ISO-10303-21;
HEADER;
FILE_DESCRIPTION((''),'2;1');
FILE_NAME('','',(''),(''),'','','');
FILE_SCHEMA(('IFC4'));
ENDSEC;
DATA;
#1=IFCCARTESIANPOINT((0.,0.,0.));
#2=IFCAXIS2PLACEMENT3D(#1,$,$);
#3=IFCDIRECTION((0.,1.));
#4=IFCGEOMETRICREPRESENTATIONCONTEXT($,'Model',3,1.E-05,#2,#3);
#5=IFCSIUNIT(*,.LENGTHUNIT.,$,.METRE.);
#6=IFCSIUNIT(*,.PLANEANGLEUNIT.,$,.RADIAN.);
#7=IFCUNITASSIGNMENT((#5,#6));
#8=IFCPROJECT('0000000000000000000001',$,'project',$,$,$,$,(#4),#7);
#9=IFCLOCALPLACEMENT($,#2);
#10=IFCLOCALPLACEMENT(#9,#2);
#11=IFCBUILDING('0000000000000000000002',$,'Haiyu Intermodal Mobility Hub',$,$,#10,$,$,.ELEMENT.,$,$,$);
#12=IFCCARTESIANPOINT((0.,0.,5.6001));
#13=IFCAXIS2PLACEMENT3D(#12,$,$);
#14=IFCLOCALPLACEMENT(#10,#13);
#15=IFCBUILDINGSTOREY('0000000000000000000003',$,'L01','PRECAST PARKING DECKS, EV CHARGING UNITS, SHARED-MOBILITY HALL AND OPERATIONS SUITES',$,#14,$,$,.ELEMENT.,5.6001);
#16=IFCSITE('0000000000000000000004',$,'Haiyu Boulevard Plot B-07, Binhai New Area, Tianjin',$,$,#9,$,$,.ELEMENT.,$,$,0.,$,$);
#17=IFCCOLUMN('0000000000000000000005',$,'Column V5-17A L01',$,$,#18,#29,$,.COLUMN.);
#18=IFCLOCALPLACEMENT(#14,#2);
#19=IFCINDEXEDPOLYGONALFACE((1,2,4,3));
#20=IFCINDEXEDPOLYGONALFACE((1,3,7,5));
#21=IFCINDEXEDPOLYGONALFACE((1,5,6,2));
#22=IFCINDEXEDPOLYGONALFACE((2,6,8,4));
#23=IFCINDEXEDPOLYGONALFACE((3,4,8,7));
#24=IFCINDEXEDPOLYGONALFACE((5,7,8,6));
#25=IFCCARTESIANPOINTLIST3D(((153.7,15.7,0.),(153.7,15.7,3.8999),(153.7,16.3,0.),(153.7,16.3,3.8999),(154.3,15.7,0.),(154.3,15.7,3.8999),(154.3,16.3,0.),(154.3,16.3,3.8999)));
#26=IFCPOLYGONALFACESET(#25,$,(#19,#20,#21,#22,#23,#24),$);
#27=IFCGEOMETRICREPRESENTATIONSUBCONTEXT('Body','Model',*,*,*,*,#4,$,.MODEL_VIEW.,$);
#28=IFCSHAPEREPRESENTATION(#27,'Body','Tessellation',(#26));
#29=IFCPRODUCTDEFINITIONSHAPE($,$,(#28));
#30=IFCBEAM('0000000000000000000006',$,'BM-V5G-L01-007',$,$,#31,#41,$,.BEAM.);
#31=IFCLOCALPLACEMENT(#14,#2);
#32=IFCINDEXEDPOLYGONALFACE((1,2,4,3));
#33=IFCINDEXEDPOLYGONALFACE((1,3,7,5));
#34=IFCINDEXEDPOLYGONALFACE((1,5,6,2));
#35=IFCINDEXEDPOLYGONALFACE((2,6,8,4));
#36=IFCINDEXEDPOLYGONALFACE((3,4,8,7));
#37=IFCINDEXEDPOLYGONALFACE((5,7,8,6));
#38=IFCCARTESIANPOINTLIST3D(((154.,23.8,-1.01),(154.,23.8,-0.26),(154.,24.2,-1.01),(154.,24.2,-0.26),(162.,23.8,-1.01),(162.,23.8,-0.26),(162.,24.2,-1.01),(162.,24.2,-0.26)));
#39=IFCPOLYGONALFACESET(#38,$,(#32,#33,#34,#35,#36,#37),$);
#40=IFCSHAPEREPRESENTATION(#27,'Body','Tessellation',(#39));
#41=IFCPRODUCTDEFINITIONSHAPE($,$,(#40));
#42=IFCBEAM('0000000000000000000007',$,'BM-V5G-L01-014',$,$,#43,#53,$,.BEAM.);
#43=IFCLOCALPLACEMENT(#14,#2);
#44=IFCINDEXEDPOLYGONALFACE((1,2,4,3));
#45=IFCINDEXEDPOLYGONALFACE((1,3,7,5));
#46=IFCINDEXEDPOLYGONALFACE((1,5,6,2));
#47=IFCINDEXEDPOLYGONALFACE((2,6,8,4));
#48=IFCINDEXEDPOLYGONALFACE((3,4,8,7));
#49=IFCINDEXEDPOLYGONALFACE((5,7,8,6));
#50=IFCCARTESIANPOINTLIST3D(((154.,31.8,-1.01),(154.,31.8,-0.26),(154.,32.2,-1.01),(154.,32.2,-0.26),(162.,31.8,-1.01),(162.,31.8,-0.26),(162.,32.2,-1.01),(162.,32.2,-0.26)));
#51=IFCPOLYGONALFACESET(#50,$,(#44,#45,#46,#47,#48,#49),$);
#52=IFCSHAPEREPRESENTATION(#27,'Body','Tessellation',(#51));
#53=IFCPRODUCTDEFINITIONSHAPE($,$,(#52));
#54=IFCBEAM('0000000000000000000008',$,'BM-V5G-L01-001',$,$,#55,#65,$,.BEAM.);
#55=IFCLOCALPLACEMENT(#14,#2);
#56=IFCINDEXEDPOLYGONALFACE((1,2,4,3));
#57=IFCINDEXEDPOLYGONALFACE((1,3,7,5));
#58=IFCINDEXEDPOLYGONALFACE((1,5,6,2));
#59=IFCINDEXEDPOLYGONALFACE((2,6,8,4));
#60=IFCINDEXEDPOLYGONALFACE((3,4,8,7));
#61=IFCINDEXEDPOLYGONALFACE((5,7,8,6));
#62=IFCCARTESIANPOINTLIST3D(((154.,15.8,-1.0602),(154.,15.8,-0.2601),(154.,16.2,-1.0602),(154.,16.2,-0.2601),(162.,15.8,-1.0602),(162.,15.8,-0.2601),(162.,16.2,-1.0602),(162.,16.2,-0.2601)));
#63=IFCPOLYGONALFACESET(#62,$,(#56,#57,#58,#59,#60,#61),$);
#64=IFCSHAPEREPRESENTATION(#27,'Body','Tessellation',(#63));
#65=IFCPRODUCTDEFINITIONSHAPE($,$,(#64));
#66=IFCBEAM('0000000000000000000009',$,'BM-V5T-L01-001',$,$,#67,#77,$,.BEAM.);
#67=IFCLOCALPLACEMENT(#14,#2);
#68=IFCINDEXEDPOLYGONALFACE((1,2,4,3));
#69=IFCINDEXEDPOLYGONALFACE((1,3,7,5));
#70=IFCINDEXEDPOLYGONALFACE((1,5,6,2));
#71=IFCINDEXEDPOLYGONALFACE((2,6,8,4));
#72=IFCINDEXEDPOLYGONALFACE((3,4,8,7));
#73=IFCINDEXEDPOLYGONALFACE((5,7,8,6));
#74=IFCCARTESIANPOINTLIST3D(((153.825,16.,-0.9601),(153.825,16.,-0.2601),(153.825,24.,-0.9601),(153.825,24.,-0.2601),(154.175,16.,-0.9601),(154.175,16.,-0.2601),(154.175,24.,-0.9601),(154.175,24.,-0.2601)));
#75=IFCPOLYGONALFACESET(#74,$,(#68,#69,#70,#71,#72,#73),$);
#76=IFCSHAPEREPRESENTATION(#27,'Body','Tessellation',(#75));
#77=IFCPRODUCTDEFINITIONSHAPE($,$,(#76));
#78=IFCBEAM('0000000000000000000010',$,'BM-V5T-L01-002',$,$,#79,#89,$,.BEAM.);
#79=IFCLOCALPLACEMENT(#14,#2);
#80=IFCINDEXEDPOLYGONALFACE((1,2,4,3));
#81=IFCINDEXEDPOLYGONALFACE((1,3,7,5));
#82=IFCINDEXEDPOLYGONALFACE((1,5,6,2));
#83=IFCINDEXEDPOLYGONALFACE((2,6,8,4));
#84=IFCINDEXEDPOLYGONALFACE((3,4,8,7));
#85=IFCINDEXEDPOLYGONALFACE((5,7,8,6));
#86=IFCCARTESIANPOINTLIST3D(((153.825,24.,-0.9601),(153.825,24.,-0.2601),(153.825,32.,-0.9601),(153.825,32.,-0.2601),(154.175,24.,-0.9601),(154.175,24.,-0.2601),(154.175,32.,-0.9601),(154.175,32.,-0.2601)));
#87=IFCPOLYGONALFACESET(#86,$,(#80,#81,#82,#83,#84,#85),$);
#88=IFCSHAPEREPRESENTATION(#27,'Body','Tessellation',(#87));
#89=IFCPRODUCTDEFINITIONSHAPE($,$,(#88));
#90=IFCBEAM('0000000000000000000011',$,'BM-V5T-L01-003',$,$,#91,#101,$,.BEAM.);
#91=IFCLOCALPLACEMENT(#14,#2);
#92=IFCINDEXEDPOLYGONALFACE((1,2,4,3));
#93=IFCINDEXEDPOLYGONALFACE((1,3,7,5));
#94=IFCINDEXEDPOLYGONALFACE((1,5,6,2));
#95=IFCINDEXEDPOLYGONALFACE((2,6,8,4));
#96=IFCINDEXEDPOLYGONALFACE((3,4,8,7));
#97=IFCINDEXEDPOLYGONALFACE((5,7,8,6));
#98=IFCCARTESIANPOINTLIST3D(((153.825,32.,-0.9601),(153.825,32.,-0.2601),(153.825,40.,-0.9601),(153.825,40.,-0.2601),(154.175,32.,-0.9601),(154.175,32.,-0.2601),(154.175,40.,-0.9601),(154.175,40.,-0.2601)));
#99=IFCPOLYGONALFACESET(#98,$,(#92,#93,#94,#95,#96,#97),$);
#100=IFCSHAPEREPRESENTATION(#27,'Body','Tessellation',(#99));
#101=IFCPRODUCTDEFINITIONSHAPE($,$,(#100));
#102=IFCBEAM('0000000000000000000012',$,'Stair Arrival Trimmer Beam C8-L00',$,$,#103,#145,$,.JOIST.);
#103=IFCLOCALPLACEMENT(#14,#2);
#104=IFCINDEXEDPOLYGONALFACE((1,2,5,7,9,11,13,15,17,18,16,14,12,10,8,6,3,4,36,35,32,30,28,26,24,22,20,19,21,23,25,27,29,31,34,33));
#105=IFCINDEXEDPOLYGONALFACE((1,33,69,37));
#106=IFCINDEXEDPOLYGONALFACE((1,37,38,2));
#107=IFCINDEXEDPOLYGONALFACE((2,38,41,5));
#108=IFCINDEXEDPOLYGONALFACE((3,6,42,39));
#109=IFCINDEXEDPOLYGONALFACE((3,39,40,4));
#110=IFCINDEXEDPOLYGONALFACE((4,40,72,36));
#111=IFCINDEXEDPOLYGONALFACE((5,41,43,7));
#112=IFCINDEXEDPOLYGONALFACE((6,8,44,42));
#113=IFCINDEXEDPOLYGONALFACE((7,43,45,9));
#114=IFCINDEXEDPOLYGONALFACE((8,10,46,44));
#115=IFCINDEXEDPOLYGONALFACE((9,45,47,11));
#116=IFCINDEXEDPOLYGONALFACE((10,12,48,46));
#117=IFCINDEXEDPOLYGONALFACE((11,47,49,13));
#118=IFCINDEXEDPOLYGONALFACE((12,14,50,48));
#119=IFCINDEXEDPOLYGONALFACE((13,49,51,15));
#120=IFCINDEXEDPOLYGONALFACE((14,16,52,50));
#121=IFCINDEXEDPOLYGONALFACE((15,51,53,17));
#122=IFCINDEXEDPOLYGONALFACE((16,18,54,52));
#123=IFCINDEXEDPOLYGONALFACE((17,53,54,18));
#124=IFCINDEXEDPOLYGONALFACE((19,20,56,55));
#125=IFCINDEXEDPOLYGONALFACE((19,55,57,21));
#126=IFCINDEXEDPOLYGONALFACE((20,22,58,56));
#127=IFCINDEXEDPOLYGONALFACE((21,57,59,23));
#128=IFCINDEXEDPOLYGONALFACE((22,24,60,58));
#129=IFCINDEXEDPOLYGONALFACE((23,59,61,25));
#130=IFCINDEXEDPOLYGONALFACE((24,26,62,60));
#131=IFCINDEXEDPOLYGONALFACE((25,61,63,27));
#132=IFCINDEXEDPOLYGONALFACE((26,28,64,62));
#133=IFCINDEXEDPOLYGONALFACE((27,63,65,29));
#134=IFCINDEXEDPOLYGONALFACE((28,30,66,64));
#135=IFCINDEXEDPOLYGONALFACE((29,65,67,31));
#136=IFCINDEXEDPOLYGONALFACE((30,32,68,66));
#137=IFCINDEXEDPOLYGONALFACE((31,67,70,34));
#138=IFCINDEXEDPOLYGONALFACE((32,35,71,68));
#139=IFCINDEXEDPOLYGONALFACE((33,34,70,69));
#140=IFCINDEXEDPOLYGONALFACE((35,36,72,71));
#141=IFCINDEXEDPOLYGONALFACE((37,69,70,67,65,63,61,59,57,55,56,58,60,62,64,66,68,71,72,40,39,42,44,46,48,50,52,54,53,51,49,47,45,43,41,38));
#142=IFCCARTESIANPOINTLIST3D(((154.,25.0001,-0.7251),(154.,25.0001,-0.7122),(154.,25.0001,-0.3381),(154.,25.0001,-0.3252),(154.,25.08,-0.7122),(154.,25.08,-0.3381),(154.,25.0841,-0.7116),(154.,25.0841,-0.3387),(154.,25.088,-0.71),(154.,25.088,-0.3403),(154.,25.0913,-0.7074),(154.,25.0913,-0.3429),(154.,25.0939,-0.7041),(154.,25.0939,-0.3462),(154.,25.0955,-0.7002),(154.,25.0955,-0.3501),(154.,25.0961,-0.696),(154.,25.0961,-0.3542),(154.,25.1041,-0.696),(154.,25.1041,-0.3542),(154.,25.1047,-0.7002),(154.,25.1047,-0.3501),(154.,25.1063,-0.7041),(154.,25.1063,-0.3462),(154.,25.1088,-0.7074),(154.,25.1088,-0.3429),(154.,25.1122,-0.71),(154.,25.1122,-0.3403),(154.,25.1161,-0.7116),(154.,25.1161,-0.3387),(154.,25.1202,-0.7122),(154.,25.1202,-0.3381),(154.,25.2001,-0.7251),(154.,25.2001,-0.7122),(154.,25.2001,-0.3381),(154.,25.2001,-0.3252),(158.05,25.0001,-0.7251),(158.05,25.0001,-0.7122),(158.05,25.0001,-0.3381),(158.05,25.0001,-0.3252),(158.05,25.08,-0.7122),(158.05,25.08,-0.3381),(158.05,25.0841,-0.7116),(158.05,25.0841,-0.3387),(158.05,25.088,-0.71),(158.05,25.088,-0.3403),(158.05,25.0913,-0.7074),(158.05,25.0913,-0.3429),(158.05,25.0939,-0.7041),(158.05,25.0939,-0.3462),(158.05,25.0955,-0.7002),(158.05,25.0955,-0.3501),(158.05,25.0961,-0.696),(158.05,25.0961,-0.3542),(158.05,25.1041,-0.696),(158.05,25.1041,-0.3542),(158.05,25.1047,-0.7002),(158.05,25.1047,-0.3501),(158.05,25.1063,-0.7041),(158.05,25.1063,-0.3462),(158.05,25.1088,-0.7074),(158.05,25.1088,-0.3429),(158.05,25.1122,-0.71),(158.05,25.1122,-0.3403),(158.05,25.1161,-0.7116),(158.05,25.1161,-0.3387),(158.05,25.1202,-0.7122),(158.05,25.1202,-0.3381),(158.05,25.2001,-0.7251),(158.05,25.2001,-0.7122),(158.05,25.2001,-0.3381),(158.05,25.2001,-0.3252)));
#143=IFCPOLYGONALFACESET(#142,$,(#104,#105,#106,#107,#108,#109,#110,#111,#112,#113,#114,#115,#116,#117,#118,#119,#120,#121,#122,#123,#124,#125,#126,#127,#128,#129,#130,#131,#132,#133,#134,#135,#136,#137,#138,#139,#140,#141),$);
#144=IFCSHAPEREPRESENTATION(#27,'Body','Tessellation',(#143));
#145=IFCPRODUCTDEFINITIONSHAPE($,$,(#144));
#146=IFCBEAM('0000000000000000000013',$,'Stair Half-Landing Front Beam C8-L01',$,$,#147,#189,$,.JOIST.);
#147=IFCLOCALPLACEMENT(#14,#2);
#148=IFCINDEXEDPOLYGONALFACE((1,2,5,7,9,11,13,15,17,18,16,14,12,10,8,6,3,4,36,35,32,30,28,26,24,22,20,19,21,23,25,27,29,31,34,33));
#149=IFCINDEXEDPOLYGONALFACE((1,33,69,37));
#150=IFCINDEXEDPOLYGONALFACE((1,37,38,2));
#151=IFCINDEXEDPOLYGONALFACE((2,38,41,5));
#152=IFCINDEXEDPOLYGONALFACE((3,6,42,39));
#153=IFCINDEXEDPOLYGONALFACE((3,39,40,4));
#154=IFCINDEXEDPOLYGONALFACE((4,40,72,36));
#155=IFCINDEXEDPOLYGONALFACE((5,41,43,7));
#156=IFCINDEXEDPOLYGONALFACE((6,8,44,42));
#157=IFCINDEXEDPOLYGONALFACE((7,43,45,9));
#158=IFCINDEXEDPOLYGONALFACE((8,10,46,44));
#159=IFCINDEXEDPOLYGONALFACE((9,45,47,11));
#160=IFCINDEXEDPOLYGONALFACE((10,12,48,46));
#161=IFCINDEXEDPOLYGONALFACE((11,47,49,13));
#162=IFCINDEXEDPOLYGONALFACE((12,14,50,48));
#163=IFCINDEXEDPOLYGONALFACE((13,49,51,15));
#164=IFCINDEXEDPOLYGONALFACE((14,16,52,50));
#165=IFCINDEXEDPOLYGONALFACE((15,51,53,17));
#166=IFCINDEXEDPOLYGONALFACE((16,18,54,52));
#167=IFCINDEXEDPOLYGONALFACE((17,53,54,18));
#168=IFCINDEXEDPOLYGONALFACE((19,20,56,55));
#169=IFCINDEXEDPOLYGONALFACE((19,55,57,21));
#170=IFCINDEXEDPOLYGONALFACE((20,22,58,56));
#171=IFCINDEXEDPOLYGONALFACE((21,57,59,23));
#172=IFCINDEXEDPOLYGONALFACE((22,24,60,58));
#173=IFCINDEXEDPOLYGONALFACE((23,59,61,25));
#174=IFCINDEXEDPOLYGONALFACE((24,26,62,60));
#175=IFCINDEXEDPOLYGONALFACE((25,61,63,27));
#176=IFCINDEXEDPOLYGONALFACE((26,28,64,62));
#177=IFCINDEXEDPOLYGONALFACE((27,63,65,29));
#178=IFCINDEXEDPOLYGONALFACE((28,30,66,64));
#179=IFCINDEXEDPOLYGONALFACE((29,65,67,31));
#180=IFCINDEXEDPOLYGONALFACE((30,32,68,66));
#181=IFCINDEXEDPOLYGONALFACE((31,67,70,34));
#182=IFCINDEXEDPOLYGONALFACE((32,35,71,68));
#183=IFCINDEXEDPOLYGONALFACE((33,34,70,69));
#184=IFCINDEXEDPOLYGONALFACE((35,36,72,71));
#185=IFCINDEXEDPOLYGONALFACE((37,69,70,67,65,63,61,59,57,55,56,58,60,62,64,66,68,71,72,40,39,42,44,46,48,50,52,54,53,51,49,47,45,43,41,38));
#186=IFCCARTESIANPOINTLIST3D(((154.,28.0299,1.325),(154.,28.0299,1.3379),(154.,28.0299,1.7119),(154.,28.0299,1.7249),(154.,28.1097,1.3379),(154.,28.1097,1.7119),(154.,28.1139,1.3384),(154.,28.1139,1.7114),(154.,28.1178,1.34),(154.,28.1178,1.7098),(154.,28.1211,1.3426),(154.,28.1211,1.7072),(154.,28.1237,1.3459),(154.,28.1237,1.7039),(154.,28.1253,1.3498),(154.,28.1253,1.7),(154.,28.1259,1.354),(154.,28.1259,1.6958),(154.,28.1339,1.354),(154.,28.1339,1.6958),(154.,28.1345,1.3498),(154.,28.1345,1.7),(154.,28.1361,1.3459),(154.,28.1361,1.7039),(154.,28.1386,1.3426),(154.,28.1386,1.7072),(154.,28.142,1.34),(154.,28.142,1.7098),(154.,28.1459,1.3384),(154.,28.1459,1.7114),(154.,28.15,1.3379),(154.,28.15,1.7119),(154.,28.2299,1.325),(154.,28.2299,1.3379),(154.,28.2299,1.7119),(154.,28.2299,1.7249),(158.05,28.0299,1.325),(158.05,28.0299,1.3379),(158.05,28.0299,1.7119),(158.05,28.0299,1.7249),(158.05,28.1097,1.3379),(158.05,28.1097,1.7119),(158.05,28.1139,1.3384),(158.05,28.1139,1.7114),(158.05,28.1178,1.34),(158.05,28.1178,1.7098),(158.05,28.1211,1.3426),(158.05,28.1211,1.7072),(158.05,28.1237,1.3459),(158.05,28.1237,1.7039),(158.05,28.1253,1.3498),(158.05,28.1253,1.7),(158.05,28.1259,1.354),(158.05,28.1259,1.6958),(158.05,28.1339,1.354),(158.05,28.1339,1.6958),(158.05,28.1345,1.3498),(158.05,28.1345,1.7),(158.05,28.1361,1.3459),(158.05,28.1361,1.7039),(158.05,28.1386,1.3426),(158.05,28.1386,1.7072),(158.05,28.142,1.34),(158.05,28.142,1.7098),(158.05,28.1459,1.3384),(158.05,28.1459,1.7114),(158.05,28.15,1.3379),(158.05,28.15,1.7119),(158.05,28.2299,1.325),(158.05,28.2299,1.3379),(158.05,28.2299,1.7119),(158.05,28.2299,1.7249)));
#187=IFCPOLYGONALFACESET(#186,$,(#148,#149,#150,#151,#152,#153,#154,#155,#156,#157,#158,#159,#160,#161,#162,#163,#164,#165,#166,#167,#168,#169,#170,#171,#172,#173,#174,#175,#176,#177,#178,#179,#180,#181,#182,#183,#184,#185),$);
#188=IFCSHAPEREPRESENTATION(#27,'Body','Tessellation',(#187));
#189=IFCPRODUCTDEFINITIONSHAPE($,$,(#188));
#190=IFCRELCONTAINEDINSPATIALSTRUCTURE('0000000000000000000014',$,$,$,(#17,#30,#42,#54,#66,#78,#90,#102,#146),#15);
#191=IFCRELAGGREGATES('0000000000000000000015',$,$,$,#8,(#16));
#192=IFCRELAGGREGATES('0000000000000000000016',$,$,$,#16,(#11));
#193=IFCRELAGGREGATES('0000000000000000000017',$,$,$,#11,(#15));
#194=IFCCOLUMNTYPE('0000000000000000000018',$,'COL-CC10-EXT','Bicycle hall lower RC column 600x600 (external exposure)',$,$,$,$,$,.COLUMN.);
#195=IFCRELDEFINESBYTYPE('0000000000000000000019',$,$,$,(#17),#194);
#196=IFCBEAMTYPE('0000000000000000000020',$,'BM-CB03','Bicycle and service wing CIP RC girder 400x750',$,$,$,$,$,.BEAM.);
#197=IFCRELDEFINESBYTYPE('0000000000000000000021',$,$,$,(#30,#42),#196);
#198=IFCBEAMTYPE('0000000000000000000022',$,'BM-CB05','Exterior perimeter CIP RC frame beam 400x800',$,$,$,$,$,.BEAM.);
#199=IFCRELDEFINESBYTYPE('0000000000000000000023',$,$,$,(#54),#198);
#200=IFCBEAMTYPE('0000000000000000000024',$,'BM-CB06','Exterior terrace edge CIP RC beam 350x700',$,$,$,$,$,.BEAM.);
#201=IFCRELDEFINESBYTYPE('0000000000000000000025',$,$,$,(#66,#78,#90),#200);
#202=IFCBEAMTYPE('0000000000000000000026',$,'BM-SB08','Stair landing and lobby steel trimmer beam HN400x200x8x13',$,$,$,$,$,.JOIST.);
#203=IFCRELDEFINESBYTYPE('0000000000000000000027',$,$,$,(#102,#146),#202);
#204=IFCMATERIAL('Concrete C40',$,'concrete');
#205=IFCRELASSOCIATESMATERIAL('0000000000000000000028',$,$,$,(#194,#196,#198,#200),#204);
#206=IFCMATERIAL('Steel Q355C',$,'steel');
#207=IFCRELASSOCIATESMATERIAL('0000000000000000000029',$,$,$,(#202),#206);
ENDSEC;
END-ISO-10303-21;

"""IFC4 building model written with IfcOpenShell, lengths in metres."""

from ifc_helpers import new_model, si_unit, direction, frame, origin, origin_2d, place, context, subcontext, project, spatial, rectangle, i_section, extrude, material, material_profile, profile_set, type_object, element, save


model = new_model("IFC4")

# Units and contexts
model_context = context("Model", 3, precision=1e-05, world=origin(), true_north=direction((0.0, 1.0)))
body_context = subcontext(model_context, "Body", "Model", "MODEL_VIEW")
ifc_project = project(units=[si_unit("LENGTHUNIT", "METRE"), si_unit("PLANEANGLEUNIT", "RADIAN")], contexts=[model_context])

# Site, building, storey
site_placement = place(None, origin())
site = spatial("IfcSite", under=ifc_project, at=site_placement, Name="Haiyu Boulevard Plot B-07, Binhai New Area, Tianjin", CompositionType="ELEMENT", RefElevation=0.0)
building_placement = place(site_placement, origin())
building = spatial("IfcBuilding", under=site, at=building_placement, Name="Haiyu Intermodal Mobility Hub", CompositionType="ELEMENT")
storey_placement = place(building_placement, frame((0.0, 0.0, 5.6001)))
storey = spatial("IfcBuildingStorey", under=building, at=storey_placement, Name="L01", Description="PRECAST PARKING DECKS, EV CHARGING UNITS, SHARED-MOBILITY HALL AND OPERATIONS SUITES", CompositionType="ELEMENT", Elevation=5.6001)

# Column
ifc_material_1 = material(Name="Concrete C40", Category="concrete")
ifc_material_profile_1 = material_profile(ifc_material_1, rectangle(XDim=0.6001, YDim=0.6001, at=origin_2d()), Name="RC600x600")
ifc_profile_set_1 = profile_set([ifc_material_profile_1], Name="Concrete C40")
column_type = type_object("IfcColumnType", Name="COL-CC10-EXT", Description="Bicycle hall lower RC column 600x600 (external exposure)", PredefinedType="COLUMN", material=ifc_profile_set_1)
column_placement = place(storey_placement, frame((154.0, 16.0, 0.0), z_axis=(0.0, 0.0, 1.0), x_axis=(1.0, 0.0, 0.0)))
element("IfcColumn", 1, at=column_placement, inside=storey, type_object=column_type, Name="Column V5-17A L01", PredefinedType="COLUMN", context=body_context, shape_type="SweptSolid", body=[
    extrude(rectangle(XDim=0.6001, YDim=0.6001, at=origin_2d()), origin(), (0.0, 0.0, 1.0), 3.8999),
])

# Beams
ifc_material_profile_2 = material_profile(ifc_material_1, rectangle(XDim=0.3999, YDim=0.75, at=origin_2d()), Name="RCB400x750")
ifc_profile_set_2 = profile_set([ifc_material_profile_2], Name="Concrete C40")
beam_type_1 = type_object("IfcBeamType", Name="BM-CB03", Description="Bicycle and service wing CIP RC girder 400x750", PredefinedType="BEAM", material=ifc_profile_set_2)
for number, where, z_axis, x_axis, name in (
    (2, (154.0, 24.0, -0.635), (1.0, 0.0, 0.0), (0.0, 1.0, 0.0), "BM-V5G-L01-007"),
    (3, (154.0, 32.0, -0.635), (1.0, 0.0, 0.0), (0.0, 1.0, 0.0), "BM-V5G-L01-014"),
):
    element("IfcBeam", number, at=place(storey_placement, frame(where, z_axis=z_axis, x_axis=x_axis)), inside=storey, type_object=beam_type_1, Name=name, PredefinedType="BEAM", context=body_context, shape_type="SweptSolid", body=[
        extrude(rectangle(XDim=0.3999, YDim=0.75, at=origin_2d()), origin(), (0.0, 0.0, 1.0), 8.0),
    ])
ifc_material_profile_3 = material_profile(ifc_material_1, rectangle(XDim=0.3999, YDim=0.8, at=origin_2d()), Name="RCB400x800")
ifc_profile_set_3 = profile_set([ifc_material_profile_3], Name="Concrete C40")
beam_type_2 = type_object("IfcBeamType", Name="BM-CB05", Description="Exterior perimeter CIP RC frame beam 400x800", PredefinedType="BEAM", material=ifc_profile_set_3)
beam_placement = place(storey_placement, frame((154.0, 16.0, -0.6602), z_axis=(1.0, 0.0, 0.0), x_axis=(0.0, 1.0, 0.0)))
element("IfcBeam", 4, at=beam_placement, inside=storey, type_object=beam_type_2, Name="BM-V5G-L01-001", PredefinedType="BEAM", context=body_context, shape_type="SweptSolid", body=[
    extrude(rectangle(XDim=0.3999, YDim=0.8, at=origin_2d()), origin(), (0.0, 0.0, 1.0), 8.0),
])
ifc_material_profile_4 = material_profile(ifc_material_1, rectangle(XDim=0.3501, YDim=0.7, at=origin_2d()), Name="RCB350x700")
ifc_profile_set_4 = profile_set([ifc_material_profile_4], Name="Concrete C40")
beam_type_3 = type_object("IfcBeamType", Name="BM-CB06", Description="Exterior terrace edge CIP RC beam 350x700", PredefinedType="BEAM", material=ifc_profile_set_4)
for number, where, z_axis, x_axis, name in (
    (5, (154.0, 16.0, -0.6101), (0.0, 1.0, 0.0), (-1.0, 0.0, 0.0), "BM-V5T-L01-001"),
    (6, (154.0, 24.0, -0.6101), (0.0, 1.0, 0.0), (-1.0, 0.0, 0.0), "BM-V5T-L01-002"),
    (7, (154.0, 32.0, -0.6101), (0.0, 1.0, 0.0), (-1.0, 0.0, 0.0), "BM-V5T-L01-003"),
):
    element("IfcBeam", number, at=place(storey_placement, frame(where, z_axis=z_axis, x_axis=x_axis)), inside=storey, type_object=beam_type_3, Name=name, PredefinedType="BEAM", context=body_context, shape_type="SweptSolid", body=[
        extrude(rectangle(XDim=0.3501, YDim=0.7, at=origin_2d()), origin(), (0.0, 0.0, 1.0), 8.0),
    ])
ifc_material_2 = material(Name="Steel Q355C", Category="steel")
ifc_material_profile_5 = material_profile(ifc_material_2, i_section(OverallWidth=0.2, OverallDepth=0.3999, WebThickness=0.0081, FlangeThickness=0.0129, FilletRadius=0.0161, at=origin_2d()), Name="HN400x200x8x13")
ifc_profile_set_5 = profile_set([ifc_material_profile_5], Name="Steel Q355C")
beam_type_4 = type_object("IfcBeamType", Name="BM-SB08", Description="Stair landing and lobby steel trimmer beam HN400x200x8x13", PredefinedType="JOIST", material=ifc_profile_set_5)
for number, where, z_axis, x_axis, name in (
    (8, (154.0, 25.1001, -0.5251), (1.0, 0.0, 0.0), (0.0, 1.0, 0.0), "Stair Arrival Trimmer Beam C8-L00"),
    (9, (154.0, 28.1299, 1.5249), (1.0, 0.0, 0.0), (0.0, 1.0, 0.0), "Stair Half-Landing Front Beam C8-L01"),
):
    element("IfcBeam", number, at=place(storey_placement, frame(where, z_axis=z_axis, x_axis=x_axis)), inside=storey, type_object=beam_type_4, Name=name, PredefinedType="JOIST", context=body_context, shape_type="SweptSolid", body=[
        extrude(i_section(OverallWidth=0.2, OverallDepth=0.3999, WebThickness=0.0081, FlangeThickness=0.0129, FilletRadius=0.0161, at=origin_2d()), origin(), (0.0, 0.0, 1.0), 4.05),
    ])

save(model, "model.ifc")
